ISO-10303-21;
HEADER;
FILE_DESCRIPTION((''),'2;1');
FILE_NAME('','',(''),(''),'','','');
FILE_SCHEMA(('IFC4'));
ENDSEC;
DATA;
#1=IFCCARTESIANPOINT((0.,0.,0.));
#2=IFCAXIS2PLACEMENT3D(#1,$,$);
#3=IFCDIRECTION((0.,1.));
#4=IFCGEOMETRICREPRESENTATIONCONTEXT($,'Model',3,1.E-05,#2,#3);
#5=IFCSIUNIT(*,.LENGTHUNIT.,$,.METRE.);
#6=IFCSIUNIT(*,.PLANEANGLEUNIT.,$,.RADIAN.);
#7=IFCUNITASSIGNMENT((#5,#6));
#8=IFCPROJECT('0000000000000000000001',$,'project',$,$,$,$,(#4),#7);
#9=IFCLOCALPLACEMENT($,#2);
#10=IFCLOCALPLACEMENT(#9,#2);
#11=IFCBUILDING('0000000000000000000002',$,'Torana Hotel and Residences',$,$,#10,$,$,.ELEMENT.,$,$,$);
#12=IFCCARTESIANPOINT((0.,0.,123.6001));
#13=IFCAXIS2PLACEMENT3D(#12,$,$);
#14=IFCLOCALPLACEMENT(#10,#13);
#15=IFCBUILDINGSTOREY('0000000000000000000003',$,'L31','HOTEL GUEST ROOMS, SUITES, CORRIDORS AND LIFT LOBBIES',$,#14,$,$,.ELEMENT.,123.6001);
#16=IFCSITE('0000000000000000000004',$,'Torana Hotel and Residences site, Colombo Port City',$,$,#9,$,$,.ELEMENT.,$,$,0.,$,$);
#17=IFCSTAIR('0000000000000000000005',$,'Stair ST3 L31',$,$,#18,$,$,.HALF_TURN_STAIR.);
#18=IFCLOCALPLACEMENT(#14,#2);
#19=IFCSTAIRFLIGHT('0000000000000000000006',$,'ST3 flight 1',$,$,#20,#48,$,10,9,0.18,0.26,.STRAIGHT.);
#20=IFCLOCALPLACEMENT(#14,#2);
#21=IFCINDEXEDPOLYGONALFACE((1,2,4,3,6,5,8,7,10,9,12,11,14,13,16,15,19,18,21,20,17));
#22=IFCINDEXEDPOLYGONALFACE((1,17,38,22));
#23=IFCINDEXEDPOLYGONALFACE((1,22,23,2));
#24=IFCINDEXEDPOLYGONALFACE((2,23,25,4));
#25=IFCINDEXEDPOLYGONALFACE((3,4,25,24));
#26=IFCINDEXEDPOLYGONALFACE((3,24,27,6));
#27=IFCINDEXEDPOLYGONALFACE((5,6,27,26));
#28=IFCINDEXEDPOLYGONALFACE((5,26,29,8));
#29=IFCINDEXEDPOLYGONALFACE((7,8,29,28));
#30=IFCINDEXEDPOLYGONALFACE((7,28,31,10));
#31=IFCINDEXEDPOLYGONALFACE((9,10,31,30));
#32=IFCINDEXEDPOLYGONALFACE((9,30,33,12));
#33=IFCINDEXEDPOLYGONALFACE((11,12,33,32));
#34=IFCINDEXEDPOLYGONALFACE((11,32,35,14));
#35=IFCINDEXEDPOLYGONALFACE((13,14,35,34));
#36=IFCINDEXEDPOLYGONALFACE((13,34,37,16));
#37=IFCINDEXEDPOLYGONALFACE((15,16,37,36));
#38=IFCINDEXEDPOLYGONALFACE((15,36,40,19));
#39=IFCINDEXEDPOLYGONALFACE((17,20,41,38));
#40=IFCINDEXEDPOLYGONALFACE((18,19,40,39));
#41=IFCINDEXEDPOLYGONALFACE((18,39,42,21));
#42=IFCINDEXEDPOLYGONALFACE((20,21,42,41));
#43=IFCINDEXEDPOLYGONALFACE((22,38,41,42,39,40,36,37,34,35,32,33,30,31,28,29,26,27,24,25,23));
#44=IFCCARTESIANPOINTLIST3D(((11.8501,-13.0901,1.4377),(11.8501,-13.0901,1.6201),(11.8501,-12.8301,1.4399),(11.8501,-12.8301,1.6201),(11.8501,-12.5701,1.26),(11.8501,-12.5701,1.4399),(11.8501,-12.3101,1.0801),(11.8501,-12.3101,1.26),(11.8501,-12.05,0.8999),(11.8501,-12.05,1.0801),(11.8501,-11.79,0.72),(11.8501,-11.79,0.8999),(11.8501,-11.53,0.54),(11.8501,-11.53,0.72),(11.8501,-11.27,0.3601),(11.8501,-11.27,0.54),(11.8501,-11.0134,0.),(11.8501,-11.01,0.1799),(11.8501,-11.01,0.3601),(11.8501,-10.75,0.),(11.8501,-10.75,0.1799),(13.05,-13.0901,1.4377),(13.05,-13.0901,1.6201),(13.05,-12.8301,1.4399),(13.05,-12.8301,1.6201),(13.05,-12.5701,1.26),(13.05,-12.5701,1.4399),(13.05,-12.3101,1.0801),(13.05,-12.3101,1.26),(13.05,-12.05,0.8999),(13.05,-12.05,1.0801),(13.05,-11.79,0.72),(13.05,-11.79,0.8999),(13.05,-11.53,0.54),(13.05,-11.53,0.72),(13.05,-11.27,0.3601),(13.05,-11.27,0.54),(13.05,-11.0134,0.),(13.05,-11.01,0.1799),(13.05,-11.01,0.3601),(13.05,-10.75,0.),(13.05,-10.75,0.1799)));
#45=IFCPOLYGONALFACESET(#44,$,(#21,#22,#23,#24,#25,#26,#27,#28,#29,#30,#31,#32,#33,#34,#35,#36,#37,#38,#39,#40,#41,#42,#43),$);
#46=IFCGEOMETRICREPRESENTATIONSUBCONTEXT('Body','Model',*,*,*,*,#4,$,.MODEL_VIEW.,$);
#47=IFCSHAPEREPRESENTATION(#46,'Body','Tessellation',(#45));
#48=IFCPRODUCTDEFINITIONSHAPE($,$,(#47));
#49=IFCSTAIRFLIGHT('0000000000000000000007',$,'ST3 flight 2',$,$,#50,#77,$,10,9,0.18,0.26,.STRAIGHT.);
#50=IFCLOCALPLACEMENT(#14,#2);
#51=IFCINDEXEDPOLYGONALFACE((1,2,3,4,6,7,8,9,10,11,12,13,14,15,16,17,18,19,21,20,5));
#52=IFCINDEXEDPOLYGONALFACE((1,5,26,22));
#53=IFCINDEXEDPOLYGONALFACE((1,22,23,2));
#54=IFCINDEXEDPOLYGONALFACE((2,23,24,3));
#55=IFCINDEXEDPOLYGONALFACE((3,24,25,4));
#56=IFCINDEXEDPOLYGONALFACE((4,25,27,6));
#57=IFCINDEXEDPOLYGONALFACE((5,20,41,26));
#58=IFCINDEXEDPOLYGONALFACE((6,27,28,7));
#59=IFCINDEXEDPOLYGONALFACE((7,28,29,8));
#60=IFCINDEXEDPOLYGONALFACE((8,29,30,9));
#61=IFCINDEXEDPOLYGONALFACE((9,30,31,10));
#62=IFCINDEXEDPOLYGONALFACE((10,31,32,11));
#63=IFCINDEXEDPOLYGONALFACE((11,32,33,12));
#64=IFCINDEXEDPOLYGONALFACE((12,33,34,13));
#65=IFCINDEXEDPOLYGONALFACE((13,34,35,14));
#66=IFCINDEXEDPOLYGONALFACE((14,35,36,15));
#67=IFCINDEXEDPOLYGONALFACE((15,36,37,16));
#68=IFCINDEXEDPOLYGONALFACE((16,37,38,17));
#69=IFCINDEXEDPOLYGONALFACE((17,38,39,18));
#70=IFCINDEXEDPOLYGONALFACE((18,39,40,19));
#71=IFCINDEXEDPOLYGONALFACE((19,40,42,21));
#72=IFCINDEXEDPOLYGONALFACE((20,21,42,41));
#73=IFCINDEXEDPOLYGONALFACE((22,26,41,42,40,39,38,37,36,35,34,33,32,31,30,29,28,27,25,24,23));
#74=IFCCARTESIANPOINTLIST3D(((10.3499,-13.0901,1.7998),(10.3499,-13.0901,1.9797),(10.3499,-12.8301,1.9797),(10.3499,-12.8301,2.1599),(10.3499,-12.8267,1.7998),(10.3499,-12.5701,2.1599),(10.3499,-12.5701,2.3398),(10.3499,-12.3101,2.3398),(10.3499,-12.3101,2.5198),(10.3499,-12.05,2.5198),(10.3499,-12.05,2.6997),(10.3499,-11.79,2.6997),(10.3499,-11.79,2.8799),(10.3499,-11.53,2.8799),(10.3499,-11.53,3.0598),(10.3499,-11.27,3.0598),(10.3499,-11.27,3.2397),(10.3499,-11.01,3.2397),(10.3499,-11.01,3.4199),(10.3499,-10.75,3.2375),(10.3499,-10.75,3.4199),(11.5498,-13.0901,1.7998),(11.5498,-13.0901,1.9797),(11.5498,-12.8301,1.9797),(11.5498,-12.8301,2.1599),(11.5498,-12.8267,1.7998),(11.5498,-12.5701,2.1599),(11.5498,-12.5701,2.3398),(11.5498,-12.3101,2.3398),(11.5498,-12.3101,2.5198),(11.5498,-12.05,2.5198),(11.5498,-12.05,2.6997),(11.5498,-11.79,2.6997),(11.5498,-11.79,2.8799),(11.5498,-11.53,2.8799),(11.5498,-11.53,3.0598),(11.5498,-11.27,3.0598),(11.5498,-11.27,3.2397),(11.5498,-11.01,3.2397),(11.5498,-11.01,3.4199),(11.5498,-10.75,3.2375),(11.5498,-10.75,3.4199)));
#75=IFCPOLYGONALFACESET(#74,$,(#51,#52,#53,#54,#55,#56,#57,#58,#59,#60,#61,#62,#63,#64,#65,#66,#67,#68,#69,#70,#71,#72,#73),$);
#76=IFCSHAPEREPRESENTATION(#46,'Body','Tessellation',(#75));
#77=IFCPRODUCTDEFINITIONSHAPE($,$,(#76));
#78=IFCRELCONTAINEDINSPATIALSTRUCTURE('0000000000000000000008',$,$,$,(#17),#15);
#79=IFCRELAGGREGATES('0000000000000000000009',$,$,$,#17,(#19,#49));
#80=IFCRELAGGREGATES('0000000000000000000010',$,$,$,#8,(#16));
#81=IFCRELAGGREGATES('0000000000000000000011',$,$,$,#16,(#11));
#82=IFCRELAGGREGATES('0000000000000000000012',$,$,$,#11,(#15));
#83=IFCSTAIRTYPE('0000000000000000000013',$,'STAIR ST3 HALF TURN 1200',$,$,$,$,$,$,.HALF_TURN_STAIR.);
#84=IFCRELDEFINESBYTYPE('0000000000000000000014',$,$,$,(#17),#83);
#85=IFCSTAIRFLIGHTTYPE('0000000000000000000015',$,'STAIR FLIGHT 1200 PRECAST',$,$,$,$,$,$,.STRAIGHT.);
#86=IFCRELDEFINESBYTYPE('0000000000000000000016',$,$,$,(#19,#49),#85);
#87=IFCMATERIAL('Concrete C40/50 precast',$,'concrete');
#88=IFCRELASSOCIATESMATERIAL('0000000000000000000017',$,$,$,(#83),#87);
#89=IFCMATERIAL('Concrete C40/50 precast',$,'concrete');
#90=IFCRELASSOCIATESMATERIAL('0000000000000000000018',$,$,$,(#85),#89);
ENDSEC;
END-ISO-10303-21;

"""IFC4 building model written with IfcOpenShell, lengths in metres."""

from ifc_helpers import new_model, si_unit, direction, frame, origin, place, context, subcontext, project, spatial, polyline, outline, extrude, material, type_object, element, aggregate, save


model = new_model("IFC4")

# Units and contexts
model_context = context("Model", 3, precision=1e-05, world=origin(), true_north=direction((0.0, 1.0)))
body_context = subcontext(model_context, "Body", "Model", "MODEL_VIEW")
ifc_project = project(units=[si_unit("LENGTHUNIT", "METRE"), si_unit("PLANEANGLEUNIT", "RADIAN")], contexts=[model_context])

# Site, building, storey
site_placement = place(None, origin())
site = spatial("IfcSite", under=ifc_project, at=site_placement, Name="Torana Hotel and Residences site, Colombo Port City", CompositionType="ELEMENT", RefElevation=0.0)
building_placement = place(site_placement, origin())
building = spatial("IfcBuilding", under=site, at=building_placement, Name="Torana Hotel and Residences", CompositionType="ELEMENT")
storey_placement = place(building_placement, frame((0.0, 0.0, 123.6001)))
storey = spatial("IfcBuildingStorey", under=building, at=storey_placement, Name="L31", Description="HOTEL GUEST ROOMS, SUITES, CORRIDORS AND LIFT LOBBIES", CompositionType="ELEMENT", Elevation=123.6001)

# Stair, stair flights
ifc_material_1 = material(Name="Concrete C40/50 precast", Category="concrete")
stair_type = type_object("IfcStairType", Name="STAIR ST3 HALF TURN 1200", PredefinedType="HALF_TURN_STAIR", material=ifc_material_1)
stair_placement = place(storey_placement, origin())
stair = element("IfcStair", 1, at=stair_placement, inside=storey, type_object=stair_type, Name="Stair ST3 L31", PredefinedType="HALF_TURN_STAIR")
ifc_material_2 = material(Name="Concrete C40/50 precast", Category="concrete")
stair_flight_type = type_object("IfcStairFlightType", Name="STAIR FLIGHT 1200 PRECAST", PredefinedType="STRAIGHT", material=ifc_material_2)
stair_flight_1_placement = place(storey_placement, frame((12.45, -10.75, 0.0), z_axis=(0.0, 0.0, 1.0), x_axis=(0.0, -1.0, 0.0)))
stair_flight_1 = element("IfcStairFlight", 2, at=stair_flight_1_placement, type_object=stair_flight_type, Name="ST3 flight 1", NumberOfRisers=10, NumberOfTreads=9, PredefinedType="STRAIGHT", RiserHeight=0.18, TreadLength=0.26, context=body_context, shape_type="SweptSolid", body=[
    extrude(outline(polyline([(0.0, 0.0), (0.0, 0.1799), (0.26, 0.1799), (0.26, 0.3601), (0.52, 0.3601), (0.52, 0.54), (0.78, 0.54), (0.78, 0.72), (1.04, 0.72), (1.04, 0.8999), (1.3, 0.8999), (1.3, 1.0801), (1.5601, 1.0801), (1.5601, 1.26), (1.8201, 1.26), (1.8201, 1.4399), (2.0801, 1.4399), (2.0801, 1.6201), (2.3401, 1.6201), (2.3401, 1.8), (2.3401, 1.4377), (0.2634, 0.0), (0.0, 0.0)])), frame((0.0, 0.6001, 0.0), z_axis=(0.0, -1.0, 0.0), x_axis=(1.0, 0.0, 0.0)), (0.0, 0.0, 1.0), 1.2),
])
stair_flight_2_placement = place(storey_placement, frame((10.95, -13.0901, 1.7998), z_axis=(0.0, 0.0, 1.0), x_axis=(0.0, 1.0, 0.0)))
stair_flight_2 = element("IfcStairFlight", 3, at=stair_flight_2_placement, type_object=stair_flight_type, Name="ST3 flight 2", NumberOfRisers=10, NumberOfTreads=9, PredefinedType="STRAIGHT", RiserHeight=0.18, TreadLength=0.26, context=body_context, shape_type="SweptSolid", body=[
    extrude(outline(polyline([(0.0, 0.0), (0.0, 0.1799), (0.26, 0.1799), (0.26, 0.3601), (0.52, 0.3601), (0.52, 0.54), (0.78, 0.54), (0.78, 0.72), (1.04, 0.72), (1.04, 0.8999), (1.3, 0.8999), (1.3, 1.0801), (1.5601, 1.0801), (1.5601, 1.26), (1.8201, 1.26), (1.8201, 1.4399), (2.0801, 1.4399), (2.0801, 1.6201), (2.3401, 1.6201), (2.3401, 1.8), (2.3401, 1.4377), (0.2634, 0.0), (0.0, 0.0)])), frame((0.0, 0.6001, 0.0), z_axis=(0.0, -1.0, 0.0), x_axis=(1.0, 0.0, 0.0)), (0.0, 0.0, 1.0), 1.2),
])
aggregate(stair, [stair_flight_1, stair_flight_2])

save(model, "model.ifc")
